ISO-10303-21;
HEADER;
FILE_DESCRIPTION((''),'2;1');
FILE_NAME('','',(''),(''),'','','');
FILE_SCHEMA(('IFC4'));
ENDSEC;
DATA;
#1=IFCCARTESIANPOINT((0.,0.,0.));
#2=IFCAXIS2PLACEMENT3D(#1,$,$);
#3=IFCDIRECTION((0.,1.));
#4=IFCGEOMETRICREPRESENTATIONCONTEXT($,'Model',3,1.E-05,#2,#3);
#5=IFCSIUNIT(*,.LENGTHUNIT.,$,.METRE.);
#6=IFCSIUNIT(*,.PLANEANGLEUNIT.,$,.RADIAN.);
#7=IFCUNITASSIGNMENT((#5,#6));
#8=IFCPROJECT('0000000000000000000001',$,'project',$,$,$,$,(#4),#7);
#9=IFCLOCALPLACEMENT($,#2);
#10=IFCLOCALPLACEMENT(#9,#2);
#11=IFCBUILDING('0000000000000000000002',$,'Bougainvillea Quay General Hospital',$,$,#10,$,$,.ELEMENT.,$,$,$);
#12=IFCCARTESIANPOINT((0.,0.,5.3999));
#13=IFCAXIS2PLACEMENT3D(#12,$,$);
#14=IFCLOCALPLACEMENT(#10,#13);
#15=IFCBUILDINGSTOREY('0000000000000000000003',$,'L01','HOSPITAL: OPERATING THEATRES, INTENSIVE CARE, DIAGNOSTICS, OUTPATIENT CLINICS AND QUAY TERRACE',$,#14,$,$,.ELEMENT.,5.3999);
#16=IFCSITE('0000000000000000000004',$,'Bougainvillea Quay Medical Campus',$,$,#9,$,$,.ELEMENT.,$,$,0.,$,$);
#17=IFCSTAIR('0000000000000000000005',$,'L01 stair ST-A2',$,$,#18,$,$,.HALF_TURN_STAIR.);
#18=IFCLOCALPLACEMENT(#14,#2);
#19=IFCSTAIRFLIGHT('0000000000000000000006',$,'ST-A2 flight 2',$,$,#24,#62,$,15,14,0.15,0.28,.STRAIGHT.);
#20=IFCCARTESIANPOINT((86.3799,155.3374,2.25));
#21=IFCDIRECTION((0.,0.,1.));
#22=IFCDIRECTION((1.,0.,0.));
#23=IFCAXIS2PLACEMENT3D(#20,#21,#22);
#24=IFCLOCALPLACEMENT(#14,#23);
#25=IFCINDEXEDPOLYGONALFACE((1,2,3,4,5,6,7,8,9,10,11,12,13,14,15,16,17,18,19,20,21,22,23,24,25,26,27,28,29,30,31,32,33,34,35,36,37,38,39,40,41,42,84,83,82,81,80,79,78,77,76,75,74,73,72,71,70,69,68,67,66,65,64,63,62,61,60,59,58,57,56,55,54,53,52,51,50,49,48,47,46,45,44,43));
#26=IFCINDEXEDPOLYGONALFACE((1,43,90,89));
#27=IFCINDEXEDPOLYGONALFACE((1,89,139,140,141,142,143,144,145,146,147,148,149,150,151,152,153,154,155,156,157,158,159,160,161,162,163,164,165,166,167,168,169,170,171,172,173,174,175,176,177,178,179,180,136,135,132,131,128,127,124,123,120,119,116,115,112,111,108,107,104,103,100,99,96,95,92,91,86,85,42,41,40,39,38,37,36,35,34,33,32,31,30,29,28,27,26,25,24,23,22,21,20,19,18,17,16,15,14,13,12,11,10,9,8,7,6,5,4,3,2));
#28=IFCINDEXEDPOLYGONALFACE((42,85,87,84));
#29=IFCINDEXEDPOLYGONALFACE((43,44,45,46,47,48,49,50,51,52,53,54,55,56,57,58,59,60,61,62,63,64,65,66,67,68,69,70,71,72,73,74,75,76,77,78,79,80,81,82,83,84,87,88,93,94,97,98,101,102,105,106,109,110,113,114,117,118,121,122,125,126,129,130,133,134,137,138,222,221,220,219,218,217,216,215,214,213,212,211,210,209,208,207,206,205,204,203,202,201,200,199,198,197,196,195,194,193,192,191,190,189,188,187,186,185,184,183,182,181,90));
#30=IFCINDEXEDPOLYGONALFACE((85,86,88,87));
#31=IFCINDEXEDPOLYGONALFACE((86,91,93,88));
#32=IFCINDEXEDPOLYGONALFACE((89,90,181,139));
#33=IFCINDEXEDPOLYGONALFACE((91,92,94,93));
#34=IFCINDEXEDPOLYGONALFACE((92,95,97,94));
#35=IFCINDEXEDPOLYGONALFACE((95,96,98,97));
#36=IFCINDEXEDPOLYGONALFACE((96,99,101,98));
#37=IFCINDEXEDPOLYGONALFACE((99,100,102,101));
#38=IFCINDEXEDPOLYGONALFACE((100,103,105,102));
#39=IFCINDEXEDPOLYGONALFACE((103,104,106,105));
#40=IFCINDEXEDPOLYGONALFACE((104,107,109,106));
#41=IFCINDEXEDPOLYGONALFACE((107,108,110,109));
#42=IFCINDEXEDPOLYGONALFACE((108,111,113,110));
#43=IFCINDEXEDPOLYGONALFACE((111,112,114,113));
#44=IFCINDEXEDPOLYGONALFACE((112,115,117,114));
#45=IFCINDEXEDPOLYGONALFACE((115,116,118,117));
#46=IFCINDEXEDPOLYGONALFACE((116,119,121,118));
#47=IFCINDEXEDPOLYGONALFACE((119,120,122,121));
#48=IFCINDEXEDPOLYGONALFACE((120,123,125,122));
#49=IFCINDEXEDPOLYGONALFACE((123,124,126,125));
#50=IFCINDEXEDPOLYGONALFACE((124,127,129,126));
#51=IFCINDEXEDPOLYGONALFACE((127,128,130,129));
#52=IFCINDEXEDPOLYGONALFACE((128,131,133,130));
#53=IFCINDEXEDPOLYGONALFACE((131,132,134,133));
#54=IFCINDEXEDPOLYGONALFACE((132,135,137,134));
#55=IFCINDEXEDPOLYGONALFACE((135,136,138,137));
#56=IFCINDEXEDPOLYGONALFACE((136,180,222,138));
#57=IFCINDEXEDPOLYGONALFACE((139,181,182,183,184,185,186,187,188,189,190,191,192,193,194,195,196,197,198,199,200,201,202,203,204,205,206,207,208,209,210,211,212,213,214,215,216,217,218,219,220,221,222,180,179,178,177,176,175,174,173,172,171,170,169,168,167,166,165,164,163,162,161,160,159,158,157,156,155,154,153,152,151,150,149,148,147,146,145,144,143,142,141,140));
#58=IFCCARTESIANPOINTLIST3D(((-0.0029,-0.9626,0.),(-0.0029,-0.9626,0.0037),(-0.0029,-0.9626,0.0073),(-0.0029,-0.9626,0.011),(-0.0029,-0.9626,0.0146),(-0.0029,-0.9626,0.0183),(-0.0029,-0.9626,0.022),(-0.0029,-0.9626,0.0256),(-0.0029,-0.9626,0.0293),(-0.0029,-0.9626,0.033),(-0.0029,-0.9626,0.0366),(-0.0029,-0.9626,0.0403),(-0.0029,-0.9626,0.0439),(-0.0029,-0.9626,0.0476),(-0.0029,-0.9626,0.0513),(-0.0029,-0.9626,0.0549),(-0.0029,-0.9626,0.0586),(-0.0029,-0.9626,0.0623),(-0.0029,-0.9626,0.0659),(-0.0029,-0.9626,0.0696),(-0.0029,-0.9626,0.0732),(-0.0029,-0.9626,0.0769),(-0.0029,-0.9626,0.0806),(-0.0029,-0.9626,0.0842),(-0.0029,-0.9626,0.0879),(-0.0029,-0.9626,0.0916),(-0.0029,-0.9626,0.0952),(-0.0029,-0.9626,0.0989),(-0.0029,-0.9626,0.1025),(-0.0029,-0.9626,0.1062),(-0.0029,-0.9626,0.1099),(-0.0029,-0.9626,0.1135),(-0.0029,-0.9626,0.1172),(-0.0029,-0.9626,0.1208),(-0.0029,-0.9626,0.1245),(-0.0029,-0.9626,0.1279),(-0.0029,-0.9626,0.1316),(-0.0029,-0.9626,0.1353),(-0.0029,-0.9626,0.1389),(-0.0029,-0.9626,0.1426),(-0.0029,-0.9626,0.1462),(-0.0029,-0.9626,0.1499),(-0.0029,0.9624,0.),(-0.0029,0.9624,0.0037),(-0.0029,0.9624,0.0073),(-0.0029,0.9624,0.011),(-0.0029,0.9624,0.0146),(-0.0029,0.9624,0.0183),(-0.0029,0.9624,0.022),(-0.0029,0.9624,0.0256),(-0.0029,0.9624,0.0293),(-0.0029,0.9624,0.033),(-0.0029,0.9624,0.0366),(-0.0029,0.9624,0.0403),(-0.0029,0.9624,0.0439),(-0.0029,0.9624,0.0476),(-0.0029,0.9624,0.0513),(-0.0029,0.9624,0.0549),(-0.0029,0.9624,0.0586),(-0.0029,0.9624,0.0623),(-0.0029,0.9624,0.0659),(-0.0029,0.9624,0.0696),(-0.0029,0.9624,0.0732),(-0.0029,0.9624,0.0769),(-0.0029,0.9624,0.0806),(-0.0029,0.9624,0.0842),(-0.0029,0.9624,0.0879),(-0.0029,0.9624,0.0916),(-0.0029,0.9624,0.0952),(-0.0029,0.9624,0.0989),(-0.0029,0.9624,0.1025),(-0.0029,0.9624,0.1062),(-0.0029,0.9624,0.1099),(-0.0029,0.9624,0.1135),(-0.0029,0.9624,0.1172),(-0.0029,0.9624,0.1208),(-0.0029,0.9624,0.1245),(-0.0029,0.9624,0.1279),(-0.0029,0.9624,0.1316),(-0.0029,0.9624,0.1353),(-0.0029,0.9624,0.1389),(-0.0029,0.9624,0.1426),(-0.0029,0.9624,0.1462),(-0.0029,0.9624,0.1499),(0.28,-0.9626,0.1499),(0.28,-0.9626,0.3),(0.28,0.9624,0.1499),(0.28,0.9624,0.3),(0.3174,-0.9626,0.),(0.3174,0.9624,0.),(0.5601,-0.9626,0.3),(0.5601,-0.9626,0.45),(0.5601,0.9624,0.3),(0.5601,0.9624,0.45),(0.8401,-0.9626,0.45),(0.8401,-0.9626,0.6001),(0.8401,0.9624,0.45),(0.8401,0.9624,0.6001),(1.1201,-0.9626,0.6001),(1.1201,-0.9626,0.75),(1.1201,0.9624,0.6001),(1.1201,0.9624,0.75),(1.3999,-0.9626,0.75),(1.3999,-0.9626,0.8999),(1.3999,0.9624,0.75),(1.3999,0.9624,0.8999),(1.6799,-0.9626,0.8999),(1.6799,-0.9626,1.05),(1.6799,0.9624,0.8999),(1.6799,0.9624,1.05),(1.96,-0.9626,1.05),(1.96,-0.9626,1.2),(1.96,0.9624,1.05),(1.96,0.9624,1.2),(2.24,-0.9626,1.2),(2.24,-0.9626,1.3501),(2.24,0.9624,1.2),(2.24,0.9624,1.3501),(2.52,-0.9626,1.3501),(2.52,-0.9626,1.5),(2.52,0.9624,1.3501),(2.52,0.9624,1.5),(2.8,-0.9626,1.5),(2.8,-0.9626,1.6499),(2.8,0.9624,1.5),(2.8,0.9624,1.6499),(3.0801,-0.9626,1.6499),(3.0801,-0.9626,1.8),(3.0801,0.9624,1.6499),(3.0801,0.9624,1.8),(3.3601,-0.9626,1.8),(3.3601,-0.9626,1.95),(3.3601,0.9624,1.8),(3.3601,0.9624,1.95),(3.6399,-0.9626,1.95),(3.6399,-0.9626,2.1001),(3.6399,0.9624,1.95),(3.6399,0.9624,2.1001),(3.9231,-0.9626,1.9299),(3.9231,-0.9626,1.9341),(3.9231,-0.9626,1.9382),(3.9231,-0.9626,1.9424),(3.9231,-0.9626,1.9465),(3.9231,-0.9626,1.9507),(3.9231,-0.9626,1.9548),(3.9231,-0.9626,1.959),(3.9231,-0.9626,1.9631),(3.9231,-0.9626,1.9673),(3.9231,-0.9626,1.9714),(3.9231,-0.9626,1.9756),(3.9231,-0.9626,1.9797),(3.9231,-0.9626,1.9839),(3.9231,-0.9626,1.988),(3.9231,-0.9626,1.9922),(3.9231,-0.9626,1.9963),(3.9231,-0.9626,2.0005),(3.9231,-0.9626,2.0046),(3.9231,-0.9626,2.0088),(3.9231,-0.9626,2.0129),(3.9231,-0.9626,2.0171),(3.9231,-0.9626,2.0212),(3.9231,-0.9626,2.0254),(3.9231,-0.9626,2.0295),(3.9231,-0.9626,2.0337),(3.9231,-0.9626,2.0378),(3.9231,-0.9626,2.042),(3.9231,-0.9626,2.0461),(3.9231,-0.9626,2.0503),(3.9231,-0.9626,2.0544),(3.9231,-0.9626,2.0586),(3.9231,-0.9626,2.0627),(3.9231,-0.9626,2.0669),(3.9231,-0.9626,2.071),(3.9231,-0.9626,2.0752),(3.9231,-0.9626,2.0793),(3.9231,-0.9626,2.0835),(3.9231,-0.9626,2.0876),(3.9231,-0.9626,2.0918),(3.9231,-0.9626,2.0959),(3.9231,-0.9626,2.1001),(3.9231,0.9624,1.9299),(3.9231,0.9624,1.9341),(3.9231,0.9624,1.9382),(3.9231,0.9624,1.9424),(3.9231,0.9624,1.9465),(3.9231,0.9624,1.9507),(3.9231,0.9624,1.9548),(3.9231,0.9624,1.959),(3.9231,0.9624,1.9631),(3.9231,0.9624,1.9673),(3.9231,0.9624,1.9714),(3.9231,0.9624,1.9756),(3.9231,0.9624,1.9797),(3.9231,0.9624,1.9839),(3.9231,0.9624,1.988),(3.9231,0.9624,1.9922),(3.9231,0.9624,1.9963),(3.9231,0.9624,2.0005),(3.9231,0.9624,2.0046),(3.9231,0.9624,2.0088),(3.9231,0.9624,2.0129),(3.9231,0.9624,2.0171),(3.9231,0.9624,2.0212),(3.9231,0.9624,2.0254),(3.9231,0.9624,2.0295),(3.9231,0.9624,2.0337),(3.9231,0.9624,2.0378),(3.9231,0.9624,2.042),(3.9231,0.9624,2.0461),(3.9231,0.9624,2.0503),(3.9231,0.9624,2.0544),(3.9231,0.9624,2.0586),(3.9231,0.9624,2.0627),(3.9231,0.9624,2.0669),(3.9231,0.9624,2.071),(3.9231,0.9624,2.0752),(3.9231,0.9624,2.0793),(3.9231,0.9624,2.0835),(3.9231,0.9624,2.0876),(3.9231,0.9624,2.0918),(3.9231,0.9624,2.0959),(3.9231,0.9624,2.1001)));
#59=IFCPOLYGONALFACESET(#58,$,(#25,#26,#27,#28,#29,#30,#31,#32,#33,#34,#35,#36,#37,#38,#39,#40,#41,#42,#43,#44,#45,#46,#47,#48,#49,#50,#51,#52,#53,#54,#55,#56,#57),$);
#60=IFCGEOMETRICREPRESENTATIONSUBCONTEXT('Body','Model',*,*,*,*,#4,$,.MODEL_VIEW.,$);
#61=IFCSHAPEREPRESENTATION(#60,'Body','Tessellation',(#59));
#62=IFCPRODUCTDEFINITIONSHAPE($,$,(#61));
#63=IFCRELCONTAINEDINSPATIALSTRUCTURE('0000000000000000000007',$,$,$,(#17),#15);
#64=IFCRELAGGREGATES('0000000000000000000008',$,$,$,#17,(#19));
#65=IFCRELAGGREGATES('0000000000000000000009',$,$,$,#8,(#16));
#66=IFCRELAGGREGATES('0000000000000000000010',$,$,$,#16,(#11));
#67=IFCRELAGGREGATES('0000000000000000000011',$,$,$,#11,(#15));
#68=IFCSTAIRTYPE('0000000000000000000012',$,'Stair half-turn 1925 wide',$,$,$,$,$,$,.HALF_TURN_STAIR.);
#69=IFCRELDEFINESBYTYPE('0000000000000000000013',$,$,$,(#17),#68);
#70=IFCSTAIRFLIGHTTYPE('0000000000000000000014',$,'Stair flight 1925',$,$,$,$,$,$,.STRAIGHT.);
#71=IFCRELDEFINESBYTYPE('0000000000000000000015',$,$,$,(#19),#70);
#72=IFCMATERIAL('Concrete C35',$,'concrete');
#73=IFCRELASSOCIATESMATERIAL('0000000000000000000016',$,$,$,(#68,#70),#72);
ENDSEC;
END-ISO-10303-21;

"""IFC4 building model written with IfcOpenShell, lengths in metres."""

from ifc_helpers import new_model, si_unit, direction, frame, origin, place, context, subcontext, project, spatial, polyline, outline, extrude, material, type_object, element, aggregate, save


model = new_model("IFC4")

# Units and contexts
model_context = context("Model", 3, precision=1e-05, world=origin(), true_north=direction((0.0, 1.0)))
body_context = subcontext(model_context, "Body", "Model", "MODEL_VIEW")
ifc_project = project(units=[si_unit("LENGTHUNIT", "METRE"), si_unit("PLANEANGLEUNIT", "RADIAN")], contexts=[model_context])

# Site, building, storey
site_placement = place(None, origin())
site = spatial("IfcSite", under=ifc_project, at=site_placement, Name="Bougainvillea Quay Medical Campus", CompositionType="ELEMENT", RefElevation=0.0)
building_placement = place(site_placement, origin())
building = spatial("IfcBuilding", under=site, at=building_placement, Name="Bougainvillea Quay General Hospital", CompositionType="ELEMENT")
storey_placement = place(building_placement, frame((0.0, 0.0, 5.3999)))
storey = spatial("IfcBuildingStorey", under=building, at=storey_placement, Name="L01", Description="HOSPITAL: OPERATING THEATRES, INTENSIVE CARE, DIAGNOSTICS, OUTPATIENT CLINICS AND QUAY TERRACE", CompositionType="ELEMENT", Elevation=5.3999)

# Stair, stair flight
ifc_material_1 = material(Name="Concrete C35", Category="concrete")
stair_type = type_object("IfcStairType", Name="Stair half-turn 1925 wide", PredefinedType="HALF_TURN_STAIR", material=ifc_material_1)
stair_placement = place(storey_placement, origin())
stair = element("IfcStair", 1, at=stair_placement, inside=storey, type_object=stair_type, Name="L01 stair ST-A2", PredefinedType="HALF_TURN_STAIR")
stair_flight_type = type_object("IfcStairFlightType", Name="Stair flight 1925", PredefinedType="STRAIGHT", material=ifc_material_1)
stair_flight_1_placement = place(storey_placement, frame((86.3799, 155.3374, 2.25), z_axis=(0.0, 0.0, 1.0), x_axis=(1.0, 0.0, 0.0)))
stair_flight_1 = element("IfcStairFlight", 2, at=stair_flight_1_placement, type_object=stair_flight_type, Name="ST-A2 flight 2", NumberOfRisers=15, NumberOfTreads=14, PredefinedType="STRAIGHT", RiserHeight=0.15, TreadLength=0.28, context=body_context, shape_type="SweptSolid", body=[
    extrude(outline(polyline([(-0.0029, 0.0), (-0.0029, 0.0037), (-0.0029, 0.0073), (-0.0029, 0.011), (-0.0029, 0.0146), (-0.0029, 0.0183), (-0.0029, 0.022), (-0.0029, 0.0256), (-0.0029, 0.0293), (-0.0029, 0.033), (-0.0029, 0.0366), (-0.0029, 0.0403), (-0.0029, 0.0439), (-0.0029, 0.0476), (-0.0029, 0.0513), (-0.0029, 0.0549), (-0.0029, 0.0586), (-0.0029, 0.0623), (-0.0029, 0.0659), (-0.0029, 0.0696), (-0.0029, 0.0732), (-0.0029, 0.0769), (-0.0029, 0.0806), (-0.0029, 0.0842), (-0.0029, 0.0879), (-0.0029, 0.0916), (-0.0029, 0.0952), (-0.0029, 0.0989), (-0.0029, 0.1025), (-0.0029, 0.1062), (-0.0029, 0.1099), (-0.0029, 0.1135), (-0.0029, 0.1172), (-0.0029, 0.1208), (-0.0029, 0.1245), (-0.0029, 0.1279), (-0.0029, 0.1316), (-0.0029, 0.1353), (-0.0029, 0.1389), (-0.0029, 0.1426), (-0.0029, 0.1462), (-0.0029, 0.1499), (0.28, 0.1499), (0.28, 0.3), (0.5601, 0.3), (0.5601, 0.45), (0.8401, 0.45), (0.8401, 0.6001), (1.1201, 0.6001), (1.1201, 0.75), (1.3999, 0.75), (1.3999, 0.8999), (1.6799, 0.8999), (1.6799, 1.05), (1.96, 1.05), (1.96, 1.2), (2.24, 1.2), (2.24, 1.3501), (2.52, 1.3501), (2.52, 1.5), (2.8, 1.5), (2.8, 1.6499), (3.0801, 1.6499), (3.0801, 1.8), (3.3601, 1.8), (3.3601, 1.95), (3.6399, 1.95), (3.6399, 2.1001), (3.9231, 2.1001), (3.9231, 2.0959), (3.9231, 2.0918), (3.9231, 2.0876), (3.9231, 2.0835), (3.9231, 2.0793), (3.9231, 2.0752), (3.9231, 2.071), (3.9231, 2.0669), (3.9231, 2.0627), (3.9231, 2.0586), (3.9231, 2.0544), (3.9231, 2.0503), (3.9231, 2.0461), (3.9231, 2.042), (3.9231, 2.0378), (3.9231, 2.0337), (3.9231, 2.0295), (3.9231, 2.0254), (3.9231, 2.0212), (3.9231, 2.0171), (3.9231, 2.0129), (3.9231, 2.0088), (3.9231, 2.0046), (3.9231, 2.0005), (3.9231, 1.9963), (3.9231, 1.9922), (3.9231, 1.988), (3.9231, 1.9839), (3.9231, 1.9797), (3.9231, 1.9756), (3.9231, 1.9714), (3.9231, 1.9673), (3.9231, 1.9631), (3.9231, 1.959), (3.9231, 1.9548), (3.9231, 1.9507), (3.9231, 1.9465), (3.9231, 1.9424), (3.9231, 1.9382), (3.9231, 1.9341), (3.9231, 1.9299), (0.3174, 0.0), (-0.0029, 0.0)])), frame((0.0, 0.9624, 0.0), z_axis=(0.0, -1.0, 0.0), x_axis=(1.0, 0.0, 0.0)), (0.0, 0.0, 1.0), 1.925),
])
aggregate(stair, [stair_flight_1])

save(model, "model.ifc")
